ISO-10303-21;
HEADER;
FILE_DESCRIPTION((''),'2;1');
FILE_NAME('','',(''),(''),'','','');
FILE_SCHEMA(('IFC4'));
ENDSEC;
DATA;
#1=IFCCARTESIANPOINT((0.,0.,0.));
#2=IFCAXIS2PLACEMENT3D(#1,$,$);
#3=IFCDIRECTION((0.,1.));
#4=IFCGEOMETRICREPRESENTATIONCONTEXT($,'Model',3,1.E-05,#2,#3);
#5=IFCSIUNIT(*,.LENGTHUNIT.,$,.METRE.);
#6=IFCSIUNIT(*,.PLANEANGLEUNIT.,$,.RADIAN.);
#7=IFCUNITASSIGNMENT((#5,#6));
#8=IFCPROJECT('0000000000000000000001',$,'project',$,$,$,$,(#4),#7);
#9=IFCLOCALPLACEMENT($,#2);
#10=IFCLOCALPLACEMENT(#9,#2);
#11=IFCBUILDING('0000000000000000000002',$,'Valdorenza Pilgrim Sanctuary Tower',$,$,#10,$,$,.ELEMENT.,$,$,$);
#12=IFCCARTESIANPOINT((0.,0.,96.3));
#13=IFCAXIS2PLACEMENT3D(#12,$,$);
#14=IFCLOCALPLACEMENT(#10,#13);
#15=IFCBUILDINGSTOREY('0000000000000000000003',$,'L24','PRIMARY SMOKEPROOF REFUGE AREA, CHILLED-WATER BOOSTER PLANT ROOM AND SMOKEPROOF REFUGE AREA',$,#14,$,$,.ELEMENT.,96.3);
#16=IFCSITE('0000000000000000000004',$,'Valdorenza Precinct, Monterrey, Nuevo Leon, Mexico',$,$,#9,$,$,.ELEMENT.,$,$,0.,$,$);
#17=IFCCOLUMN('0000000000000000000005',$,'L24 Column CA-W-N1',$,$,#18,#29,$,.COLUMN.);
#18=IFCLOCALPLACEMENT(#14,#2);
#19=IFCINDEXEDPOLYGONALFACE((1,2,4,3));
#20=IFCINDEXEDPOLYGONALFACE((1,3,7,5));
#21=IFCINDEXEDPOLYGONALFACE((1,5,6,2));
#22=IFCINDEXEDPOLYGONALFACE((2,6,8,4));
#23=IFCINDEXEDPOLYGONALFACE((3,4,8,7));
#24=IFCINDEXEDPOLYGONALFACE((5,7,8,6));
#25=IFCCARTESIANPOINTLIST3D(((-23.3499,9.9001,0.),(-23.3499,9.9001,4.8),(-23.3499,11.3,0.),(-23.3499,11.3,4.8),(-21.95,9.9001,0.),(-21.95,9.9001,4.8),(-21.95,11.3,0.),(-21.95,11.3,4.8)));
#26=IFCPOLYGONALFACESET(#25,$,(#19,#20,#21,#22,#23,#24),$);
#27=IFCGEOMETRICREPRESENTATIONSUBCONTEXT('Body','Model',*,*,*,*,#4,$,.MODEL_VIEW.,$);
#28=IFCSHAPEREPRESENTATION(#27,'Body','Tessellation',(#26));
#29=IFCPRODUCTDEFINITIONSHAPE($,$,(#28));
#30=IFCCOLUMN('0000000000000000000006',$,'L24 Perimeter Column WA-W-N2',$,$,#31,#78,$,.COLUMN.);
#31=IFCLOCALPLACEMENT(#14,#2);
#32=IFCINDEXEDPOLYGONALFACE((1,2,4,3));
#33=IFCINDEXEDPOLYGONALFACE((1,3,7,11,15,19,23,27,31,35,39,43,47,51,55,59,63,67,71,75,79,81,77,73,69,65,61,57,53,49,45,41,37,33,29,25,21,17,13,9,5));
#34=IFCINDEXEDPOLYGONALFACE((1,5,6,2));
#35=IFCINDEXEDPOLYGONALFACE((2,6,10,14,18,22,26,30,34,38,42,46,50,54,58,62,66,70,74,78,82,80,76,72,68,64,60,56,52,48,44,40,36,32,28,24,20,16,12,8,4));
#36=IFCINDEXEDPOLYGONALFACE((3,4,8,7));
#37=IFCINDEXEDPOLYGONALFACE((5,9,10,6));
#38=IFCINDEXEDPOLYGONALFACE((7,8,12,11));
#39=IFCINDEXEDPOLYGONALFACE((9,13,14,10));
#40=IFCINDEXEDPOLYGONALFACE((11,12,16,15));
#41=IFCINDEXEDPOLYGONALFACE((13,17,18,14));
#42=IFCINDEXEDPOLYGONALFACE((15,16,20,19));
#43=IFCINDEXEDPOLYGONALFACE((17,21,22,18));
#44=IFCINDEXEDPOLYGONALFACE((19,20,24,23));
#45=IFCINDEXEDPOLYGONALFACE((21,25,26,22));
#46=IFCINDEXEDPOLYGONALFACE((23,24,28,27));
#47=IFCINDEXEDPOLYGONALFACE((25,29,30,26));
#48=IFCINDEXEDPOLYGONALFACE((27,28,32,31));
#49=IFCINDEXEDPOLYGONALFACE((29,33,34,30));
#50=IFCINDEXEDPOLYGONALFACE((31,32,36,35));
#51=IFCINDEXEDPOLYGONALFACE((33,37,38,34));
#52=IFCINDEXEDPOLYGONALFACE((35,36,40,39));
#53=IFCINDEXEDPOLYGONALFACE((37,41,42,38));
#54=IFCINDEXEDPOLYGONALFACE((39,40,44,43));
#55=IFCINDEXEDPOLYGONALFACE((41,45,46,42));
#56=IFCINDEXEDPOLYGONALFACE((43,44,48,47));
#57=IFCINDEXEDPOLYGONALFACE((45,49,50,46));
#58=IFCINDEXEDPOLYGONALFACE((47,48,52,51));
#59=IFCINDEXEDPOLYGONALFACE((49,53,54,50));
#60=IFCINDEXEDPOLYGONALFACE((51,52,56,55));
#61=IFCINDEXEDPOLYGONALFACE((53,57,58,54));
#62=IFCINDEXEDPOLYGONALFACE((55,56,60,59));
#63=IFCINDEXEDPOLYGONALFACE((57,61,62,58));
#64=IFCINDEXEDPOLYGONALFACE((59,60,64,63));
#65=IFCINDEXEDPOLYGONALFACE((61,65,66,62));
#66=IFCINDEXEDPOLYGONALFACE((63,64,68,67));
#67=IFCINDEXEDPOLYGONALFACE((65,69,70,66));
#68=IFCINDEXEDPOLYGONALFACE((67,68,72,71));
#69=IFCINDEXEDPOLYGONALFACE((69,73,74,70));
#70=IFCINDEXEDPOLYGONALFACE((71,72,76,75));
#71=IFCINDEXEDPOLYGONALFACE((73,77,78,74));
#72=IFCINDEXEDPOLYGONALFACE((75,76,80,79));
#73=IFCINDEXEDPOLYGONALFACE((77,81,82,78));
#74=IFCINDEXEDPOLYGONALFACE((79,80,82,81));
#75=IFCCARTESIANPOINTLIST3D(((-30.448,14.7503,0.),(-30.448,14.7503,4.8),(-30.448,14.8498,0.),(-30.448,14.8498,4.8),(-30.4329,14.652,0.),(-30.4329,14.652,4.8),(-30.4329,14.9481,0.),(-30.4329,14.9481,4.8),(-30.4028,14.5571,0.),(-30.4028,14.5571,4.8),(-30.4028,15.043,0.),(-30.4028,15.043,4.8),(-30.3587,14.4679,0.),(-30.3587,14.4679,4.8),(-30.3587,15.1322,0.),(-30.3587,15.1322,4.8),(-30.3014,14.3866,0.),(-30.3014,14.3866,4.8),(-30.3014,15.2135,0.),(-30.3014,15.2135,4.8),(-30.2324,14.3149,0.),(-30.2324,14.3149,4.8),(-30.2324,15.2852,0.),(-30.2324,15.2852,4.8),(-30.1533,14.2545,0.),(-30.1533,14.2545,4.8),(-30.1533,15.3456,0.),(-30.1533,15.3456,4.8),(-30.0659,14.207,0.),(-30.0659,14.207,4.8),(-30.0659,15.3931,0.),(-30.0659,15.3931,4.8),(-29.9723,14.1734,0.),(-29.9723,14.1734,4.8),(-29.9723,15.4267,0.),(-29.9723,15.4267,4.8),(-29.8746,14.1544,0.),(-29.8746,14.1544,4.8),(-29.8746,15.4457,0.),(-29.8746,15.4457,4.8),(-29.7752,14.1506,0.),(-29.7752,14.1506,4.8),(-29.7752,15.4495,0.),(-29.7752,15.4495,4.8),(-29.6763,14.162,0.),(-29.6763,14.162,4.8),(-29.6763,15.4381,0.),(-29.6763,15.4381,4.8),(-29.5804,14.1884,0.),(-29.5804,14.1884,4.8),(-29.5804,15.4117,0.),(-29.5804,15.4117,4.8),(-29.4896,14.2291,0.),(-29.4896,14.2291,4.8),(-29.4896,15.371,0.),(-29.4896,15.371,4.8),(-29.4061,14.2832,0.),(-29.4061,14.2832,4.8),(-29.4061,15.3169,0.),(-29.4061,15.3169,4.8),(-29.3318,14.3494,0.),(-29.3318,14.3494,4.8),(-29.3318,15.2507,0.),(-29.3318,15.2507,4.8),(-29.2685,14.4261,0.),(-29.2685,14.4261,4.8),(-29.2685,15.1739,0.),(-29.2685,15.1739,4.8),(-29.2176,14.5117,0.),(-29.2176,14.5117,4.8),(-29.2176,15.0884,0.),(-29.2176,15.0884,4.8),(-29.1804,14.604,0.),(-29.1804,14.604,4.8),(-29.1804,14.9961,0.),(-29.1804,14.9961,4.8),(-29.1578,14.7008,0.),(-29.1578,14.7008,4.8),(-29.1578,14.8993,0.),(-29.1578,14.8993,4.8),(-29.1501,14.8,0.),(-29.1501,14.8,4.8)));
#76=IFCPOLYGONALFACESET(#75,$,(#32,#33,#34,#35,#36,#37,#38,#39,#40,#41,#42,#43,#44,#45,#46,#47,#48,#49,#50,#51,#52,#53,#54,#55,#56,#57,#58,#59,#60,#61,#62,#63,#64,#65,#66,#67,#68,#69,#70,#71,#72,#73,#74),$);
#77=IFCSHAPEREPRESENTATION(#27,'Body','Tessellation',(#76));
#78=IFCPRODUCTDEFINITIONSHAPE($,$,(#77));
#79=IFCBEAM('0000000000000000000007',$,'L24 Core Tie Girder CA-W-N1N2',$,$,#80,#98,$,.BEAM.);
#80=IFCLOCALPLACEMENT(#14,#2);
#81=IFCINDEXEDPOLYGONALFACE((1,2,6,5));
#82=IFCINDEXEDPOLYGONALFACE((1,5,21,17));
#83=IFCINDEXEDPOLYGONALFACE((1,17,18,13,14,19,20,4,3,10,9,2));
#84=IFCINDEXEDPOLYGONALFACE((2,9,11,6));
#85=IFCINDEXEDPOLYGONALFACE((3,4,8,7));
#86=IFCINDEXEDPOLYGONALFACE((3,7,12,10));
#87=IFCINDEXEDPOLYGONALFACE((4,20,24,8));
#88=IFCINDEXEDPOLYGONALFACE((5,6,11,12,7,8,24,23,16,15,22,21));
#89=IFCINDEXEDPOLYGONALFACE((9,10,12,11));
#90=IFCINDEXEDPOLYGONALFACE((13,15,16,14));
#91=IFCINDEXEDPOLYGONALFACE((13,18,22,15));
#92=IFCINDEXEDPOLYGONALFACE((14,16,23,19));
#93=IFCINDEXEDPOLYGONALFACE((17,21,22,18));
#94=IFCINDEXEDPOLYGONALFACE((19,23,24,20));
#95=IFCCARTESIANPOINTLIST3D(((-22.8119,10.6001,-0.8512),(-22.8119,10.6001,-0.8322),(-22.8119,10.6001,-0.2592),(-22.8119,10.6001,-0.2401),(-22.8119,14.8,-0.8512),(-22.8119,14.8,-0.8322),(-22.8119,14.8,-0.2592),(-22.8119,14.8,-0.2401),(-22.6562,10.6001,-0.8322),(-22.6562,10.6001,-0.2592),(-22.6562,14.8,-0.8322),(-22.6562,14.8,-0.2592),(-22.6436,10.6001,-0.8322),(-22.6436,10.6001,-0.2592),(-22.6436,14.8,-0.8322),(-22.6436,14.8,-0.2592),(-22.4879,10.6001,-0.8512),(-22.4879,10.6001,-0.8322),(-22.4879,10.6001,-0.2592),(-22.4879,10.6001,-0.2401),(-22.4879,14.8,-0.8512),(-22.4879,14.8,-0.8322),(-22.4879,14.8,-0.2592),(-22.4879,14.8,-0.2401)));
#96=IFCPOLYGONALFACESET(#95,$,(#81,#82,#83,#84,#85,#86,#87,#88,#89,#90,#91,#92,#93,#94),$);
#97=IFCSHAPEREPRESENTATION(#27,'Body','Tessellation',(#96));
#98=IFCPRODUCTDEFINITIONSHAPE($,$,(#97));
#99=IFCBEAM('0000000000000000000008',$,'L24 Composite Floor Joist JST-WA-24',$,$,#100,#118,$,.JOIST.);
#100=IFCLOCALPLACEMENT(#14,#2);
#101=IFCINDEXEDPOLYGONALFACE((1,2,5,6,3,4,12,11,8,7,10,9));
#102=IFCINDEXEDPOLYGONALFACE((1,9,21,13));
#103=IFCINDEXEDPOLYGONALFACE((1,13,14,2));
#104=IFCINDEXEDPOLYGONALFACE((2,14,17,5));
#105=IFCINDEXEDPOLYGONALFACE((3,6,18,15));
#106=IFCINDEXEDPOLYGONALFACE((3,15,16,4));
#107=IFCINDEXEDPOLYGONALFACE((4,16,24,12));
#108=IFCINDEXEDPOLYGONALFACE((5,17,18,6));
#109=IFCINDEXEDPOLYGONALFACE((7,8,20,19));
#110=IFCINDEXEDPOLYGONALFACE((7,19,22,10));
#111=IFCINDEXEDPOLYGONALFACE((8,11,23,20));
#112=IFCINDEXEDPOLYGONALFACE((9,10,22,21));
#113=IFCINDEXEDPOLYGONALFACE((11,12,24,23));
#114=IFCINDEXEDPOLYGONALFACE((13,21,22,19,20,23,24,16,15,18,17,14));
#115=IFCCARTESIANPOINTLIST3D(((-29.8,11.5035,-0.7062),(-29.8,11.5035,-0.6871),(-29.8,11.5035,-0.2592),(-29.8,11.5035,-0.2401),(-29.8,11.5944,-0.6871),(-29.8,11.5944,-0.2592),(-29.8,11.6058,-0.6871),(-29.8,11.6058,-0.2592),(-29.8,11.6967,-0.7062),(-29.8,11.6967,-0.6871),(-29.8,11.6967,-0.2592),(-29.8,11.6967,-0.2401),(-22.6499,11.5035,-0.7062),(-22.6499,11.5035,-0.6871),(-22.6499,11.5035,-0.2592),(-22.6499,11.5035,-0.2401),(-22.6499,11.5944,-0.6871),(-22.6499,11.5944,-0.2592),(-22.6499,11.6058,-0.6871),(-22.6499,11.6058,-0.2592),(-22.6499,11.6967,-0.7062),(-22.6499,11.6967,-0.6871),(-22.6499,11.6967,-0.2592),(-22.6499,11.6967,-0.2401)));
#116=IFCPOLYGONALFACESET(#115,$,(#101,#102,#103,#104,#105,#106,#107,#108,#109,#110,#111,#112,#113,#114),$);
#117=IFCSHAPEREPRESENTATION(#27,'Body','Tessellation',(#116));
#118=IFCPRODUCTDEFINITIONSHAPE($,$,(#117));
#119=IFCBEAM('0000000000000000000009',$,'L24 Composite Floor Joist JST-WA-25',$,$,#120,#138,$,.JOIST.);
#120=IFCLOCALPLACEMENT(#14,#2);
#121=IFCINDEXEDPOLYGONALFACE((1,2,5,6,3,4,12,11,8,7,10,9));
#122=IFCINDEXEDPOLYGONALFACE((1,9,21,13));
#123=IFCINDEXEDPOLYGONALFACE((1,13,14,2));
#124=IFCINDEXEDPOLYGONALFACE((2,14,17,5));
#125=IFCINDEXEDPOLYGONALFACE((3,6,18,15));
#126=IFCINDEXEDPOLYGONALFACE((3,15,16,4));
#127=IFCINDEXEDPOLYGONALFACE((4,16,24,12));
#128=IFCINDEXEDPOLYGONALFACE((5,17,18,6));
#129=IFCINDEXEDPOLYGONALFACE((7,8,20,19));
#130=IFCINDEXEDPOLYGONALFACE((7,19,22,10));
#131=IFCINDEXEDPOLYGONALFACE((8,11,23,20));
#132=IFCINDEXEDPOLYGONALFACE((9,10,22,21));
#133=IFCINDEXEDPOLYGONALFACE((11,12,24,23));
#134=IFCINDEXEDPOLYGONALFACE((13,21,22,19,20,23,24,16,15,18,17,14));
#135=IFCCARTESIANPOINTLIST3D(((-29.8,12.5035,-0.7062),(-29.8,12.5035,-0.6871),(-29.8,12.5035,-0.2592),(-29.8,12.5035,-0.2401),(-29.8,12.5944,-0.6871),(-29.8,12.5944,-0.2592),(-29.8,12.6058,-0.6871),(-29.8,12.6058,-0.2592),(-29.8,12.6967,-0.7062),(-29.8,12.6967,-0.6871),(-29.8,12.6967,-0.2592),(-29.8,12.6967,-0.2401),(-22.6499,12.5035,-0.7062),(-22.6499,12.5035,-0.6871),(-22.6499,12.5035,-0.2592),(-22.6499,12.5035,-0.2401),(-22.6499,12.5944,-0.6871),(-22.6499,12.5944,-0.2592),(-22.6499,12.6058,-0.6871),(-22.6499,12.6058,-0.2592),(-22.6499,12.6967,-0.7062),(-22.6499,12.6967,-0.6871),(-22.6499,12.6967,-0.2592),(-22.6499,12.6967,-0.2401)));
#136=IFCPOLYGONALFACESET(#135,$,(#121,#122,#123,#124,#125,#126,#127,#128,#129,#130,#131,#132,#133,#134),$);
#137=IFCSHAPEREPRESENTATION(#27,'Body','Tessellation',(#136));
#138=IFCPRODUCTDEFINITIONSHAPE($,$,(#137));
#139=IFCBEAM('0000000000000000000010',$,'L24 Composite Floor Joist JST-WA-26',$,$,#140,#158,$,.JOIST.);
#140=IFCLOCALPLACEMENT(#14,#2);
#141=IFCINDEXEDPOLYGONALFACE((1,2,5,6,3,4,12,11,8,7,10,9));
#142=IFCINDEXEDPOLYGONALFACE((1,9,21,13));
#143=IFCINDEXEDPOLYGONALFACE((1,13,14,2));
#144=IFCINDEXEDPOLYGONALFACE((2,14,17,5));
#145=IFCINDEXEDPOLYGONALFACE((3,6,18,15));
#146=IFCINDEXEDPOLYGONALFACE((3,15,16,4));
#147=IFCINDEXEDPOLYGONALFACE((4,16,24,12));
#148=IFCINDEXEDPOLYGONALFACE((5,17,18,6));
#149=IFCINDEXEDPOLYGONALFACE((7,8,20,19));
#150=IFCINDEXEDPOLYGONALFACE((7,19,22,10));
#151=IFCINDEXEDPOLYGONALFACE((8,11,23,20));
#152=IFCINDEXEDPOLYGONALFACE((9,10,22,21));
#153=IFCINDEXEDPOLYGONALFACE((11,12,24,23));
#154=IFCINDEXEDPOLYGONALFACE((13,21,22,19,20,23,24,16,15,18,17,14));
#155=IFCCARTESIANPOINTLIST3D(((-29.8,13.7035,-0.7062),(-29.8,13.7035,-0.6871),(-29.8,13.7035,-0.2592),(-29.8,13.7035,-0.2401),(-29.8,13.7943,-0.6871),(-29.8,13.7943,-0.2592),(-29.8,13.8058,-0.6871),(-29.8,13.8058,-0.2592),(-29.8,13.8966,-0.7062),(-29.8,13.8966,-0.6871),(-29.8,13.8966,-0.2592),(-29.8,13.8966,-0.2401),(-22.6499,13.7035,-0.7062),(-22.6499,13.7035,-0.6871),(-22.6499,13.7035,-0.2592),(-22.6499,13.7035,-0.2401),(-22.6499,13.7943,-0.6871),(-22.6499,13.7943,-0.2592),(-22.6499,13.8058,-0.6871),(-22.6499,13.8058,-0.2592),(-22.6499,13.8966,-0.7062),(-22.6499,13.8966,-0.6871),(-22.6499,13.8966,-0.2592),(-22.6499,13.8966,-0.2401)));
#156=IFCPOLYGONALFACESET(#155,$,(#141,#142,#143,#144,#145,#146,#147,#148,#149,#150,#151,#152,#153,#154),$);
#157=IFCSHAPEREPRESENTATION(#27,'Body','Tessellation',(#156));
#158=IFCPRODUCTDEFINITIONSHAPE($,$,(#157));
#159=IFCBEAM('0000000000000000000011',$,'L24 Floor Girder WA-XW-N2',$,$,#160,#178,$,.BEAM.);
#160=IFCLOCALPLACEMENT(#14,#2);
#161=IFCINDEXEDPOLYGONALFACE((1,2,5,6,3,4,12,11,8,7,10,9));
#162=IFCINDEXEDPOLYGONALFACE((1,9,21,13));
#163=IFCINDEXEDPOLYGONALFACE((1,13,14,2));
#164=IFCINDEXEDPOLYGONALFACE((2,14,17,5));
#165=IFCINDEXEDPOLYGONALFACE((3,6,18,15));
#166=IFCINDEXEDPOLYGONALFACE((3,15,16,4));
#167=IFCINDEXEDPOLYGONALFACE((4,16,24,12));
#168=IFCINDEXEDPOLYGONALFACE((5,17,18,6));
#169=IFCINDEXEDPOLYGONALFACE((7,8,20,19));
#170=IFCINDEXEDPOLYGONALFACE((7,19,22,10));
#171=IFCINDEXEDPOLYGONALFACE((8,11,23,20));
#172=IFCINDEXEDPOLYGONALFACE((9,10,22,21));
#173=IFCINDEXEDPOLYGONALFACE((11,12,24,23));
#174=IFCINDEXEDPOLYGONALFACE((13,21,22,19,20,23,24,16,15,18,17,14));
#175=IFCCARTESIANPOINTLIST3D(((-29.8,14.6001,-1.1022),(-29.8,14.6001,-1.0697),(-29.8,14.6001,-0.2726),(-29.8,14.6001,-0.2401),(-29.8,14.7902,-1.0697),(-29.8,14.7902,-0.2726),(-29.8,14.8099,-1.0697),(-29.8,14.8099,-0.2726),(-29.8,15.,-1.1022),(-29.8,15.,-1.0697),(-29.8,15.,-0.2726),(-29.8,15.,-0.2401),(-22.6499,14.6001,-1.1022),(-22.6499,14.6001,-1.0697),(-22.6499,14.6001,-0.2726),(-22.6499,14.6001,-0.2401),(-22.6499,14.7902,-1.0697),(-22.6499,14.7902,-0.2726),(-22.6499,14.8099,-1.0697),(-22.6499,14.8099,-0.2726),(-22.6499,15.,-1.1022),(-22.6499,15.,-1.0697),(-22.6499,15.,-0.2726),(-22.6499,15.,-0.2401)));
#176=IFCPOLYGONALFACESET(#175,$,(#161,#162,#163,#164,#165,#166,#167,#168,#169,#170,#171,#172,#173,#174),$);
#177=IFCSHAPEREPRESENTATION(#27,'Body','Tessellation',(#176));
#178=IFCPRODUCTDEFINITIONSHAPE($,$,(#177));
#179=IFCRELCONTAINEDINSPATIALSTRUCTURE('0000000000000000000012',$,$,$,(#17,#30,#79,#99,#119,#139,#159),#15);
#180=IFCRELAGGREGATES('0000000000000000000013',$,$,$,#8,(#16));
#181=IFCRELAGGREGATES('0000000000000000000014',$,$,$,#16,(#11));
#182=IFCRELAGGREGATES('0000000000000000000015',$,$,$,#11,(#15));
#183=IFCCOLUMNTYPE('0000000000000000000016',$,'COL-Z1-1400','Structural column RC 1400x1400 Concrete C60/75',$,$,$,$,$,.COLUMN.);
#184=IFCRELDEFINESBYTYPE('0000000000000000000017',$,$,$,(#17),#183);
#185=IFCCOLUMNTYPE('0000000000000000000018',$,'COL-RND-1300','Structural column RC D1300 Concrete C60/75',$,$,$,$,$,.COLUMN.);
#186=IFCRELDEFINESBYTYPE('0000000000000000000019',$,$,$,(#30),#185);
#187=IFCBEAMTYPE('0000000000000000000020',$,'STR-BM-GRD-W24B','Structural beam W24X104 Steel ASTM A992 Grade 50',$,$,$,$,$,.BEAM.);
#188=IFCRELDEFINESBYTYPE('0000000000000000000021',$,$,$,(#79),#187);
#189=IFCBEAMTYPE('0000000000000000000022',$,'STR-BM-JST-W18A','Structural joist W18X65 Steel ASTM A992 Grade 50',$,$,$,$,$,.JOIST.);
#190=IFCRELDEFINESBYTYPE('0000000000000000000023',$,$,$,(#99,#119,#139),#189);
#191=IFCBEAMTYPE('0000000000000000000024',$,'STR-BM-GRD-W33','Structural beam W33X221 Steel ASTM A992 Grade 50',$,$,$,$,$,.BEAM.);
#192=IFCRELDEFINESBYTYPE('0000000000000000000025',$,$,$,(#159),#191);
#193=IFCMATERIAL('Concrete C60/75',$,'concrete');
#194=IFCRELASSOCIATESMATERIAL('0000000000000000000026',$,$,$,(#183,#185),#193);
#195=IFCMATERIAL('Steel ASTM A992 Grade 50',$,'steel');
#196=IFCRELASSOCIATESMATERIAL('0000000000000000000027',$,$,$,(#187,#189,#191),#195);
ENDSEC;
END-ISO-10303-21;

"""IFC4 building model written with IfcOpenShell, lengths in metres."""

from ifc_helpers import new_model, si_unit, direction, frame, origin, origin_2d, place, context, subcontext, project, spatial, rectangle, circle, i_section, extrude, source, transform, mapped, material, material_profile, profile_set, type_object, element, save


model = new_model("IFC4")

# Units and contexts
model_context = context("Model", 3, precision=1e-05, world=origin(), true_north=direction((0.0, 1.0)))
body_context = subcontext(model_context, "Body", "Model", "MODEL_VIEW")
ifc_project = project(units=[si_unit("LENGTHUNIT", "METRE"), si_unit("PLANEANGLEUNIT", "RADIAN")], contexts=[model_context])

# Site, building, storey
site_placement = place(None, origin())
site = spatial("IfcSite", under=ifc_project, at=site_placement, Name="Valdorenza Precinct, Monterrey, Nuevo Leon, Mexico", CompositionType="ELEMENT", RefElevation=0.0)
building_placement = place(site_placement, origin())
building = spatial("IfcBuilding", under=site, at=building_placement, Name="Valdorenza Pilgrim Sanctuary Tower", CompositionType="ELEMENT")
storey_placement = place(building_placement, frame((0.0, 0.0, 96.3)))
storey = spatial("IfcBuildingStorey", under=building, at=storey_placement, Name="L24", Description="PRIMARY SMOKEPROOF REFUGE AREA, CHILLED-WATER BOOSTER PLANT ROOM AND SMOKEPROOF REFUGE AREA", CompositionType="ELEMENT", Elevation=96.3)

# Columns
ifc_material_1 = material(Name="Concrete C60/75", Category="concrete")
ifc_material_profile_1 = material_profile(ifc_material_1, rectangle(XDim=1.3999, YDim=1.3999, at=origin_2d()), Name="RC 1400x1400")
ifc_profile_set_1 = profile_set([ifc_material_profile_1], Name="Concrete C60/75")
column_type_1 = type_object("IfcColumnType", Name="COL-Z1-1400", Description="Structural column RC 1400x1400 Concrete C60/75", PredefinedType="COLUMN", material=ifc_profile_set_1)
shared_shape_1 = source(origin(), body_context, "Body", "SweptSolid", [
    extrude(rectangle(XDim=1.3999, YDim=1.3999, at=origin_2d()), origin(), (0.0, 0.0, 1.0), 4.8),
])
column_1_placement = place(storey_placement, frame((-22.6499, 10.6001, 0.0), z_axis=(0.0, 0.0, 1.0), x_axis=(1.0, 0.0, 0.0)))
element("IfcColumn", 1, at=column_1_placement, inside=storey, type_object=column_type_1, Name="L24 Column CA-W-N1", PredefinedType="COLUMN", context=body_context, shape_type="MappedRepresentation", body=[
    mapped(shared_shape_1, transform((0.0, 0.0, 0.0), x_axis=(1.0, 0.0, 0.0), y_axis=(0.0, 1.0, 0.0), z_axis=(0.0, 0.0, 1.0), scale=1.0)),
])
ifc_material_profile_2 = material_profile(ifc_material_1, circle(Radius=0.6499, at=origin_2d()), Name="RC D1300")
ifc_profile_set_2 = profile_set([ifc_material_profile_2], Name="Concrete C60/75")
column_type_2 = type_object("IfcColumnType", Name="COL-RND-1300", Description="Structural column RC D1300 Concrete C60/75", PredefinedType="COLUMN", material=ifc_profile_set_2)
shared_shape_2 = source(origin(), body_context, "Body", "SweptSolid", [
    extrude(circle(Radius=0.6499, at=origin_2d()), origin(), (0.0, 0.0, 1.0), 4.8),
])
column_2_placement = place(storey_placement, frame((-29.8, 14.8, 0.0), z_axis=(0.0, 0.0, 1.0), x_axis=(1.0, 0.0, 0.0)))
element("IfcColumn", 2, at=column_2_placement, inside=storey, type_object=column_type_2, Name="L24 Perimeter Column WA-W-N2", PredefinedType="COLUMN", context=body_context, shape_type="MappedRepresentation", body=[
    mapped(shared_shape_2, transform((0.0, 0.0, 0.0), x_axis=(1.0, 0.0, 0.0), y_axis=(0.0, 1.0, 0.0), z_axis=(0.0, 0.0, 1.0), scale=1.0)),
])

# Beams
ifc_material_2 = material(Name="Steel ASTM A992 Grade 50", Category="steel")
ifc_material_profile_3 = material_profile(ifc_material_2, i_section(OverallWidth=0.324, OverallDepth=0.6111, WebThickness=0.0127, FlangeThickness=0.019, at=origin_2d()), Name="W24X104")
ifc_profile_set_3 = profile_set([ifc_material_profile_3], Name="Steel ASTM A992 Grade 50")
beam_type_1 = type_object("IfcBeamType", Name="STR-BM-GRD-W24B", Description="Structural beam W24X104 Steel ASTM A992 Grade 50", PredefinedType="BEAM", material=ifc_profile_set_3)
shared_shape_3 = source(origin(), body_context, "Body", "SweptSolid", [
    extrude(i_section(OverallWidth=0.324, OverallDepth=0.6111, WebThickness=0.0127, FlangeThickness=0.019, at=origin_2d()), origin(), (0.0, 0.0, 1.0), 4.2),
])
beam_1_placement = place(storey_placement, frame((-22.6499, 10.6001, -0.5457), z_axis=(0.0, 1.0, 0.0), x_axis=(-1.0, 0.0, 0.0)))
element("IfcBeam", 3, at=beam_1_placement, inside=storey, type_object=beam_type_1, Name="L24 Core Tie Girder CA-W-N1N2", PredefinedType="BEAM", context=body_context, shape_type="MappedRepresentation", body=[
    mapped(shared_shape_3, transform((0.0, 0.0, 0.0), x_axis=(1.0, 0.0, 0.0), y_axis=(0.0, 1.0, 0.0), z_axis=(0.0, 0.0, 1.0), scale=1.0)),
])
ifc_material_profile_4 = material_profile(ifc_material_2, i_section(OverallWidth=0.1931, OverallDepth=0.4661, WebThickness=0.0115, FlangeThickness=0.019, at=origin_2d()), Name="W18X65")
ifc_profile_set_4 = profile_set([ifc_material_profile_4], Name="Steel ASTM A992 Grade 50")
beam_type_2 = type_object("IfcBeamType", Name="STR-BM-JST-W18A", Description="Structural joist W18X65 Steel ASTM A992 Grade 50", PredefinedType="JOIST", material=ifc_profile_set_4)
shared_shape_4 = source(origin(), body_context, "Body", "SweptSolid", [
    extrude(i_section(OverallWidth=0.1931, OverallDepth=0.4661, WebThickness=0.0115, FlangeThickness=0.019, at=origin_2d()), origin(), (0.0, 0.0, 1.0), 7.1501),
])
for number, where, z_axis, x_axis, name in (
    (4, (-29.8, 11.6001, -0.4731), (1.0, 0.0, 0.0), (0.0, 1.0, 0.0), "L24 Composite Floor Joist JST-WA-24"),
    (5, (-29.8, 12.6001, -0.4731), (1.0, 0.0, 0.0), (0.0, 1.0, 0.0), "L24 Composite Floor Joist JST-WA-25"),
    (6, (-29.8, 13.8, -0.4731), (1.0, 0.0, 0.0), (0.0, 1.0, 0.0), "L24 Composite Floor Joist JST-WA-26"),
):
    element("IfcBeam", number, at=place(storey_placement, frame(where, z_axis=z_axis, x_axis=x_axis)), inside=storey, type_object=beam_type_2, Name=name, PredefinedType="JOIST", context=body_context, shape_type="MappedRepresentation", body=[
        mapped(shared_shape_4, transform((0.0, 0.0, 0.0), x_axis=(1.0, 0.0, 0.0), y_axis=(0.0, 1.0, 0.0), z_axis=(0.0, 0.0, 1.0), scale=1.0)),
    ])
ifc_material_profile_5 = material_profile(ifc_material_2, i_section(OverallWidth=0.3999, OverallDepth=0.8621, WebThickness=0.0198, FlangeThickness=0.0325, at=origin_2d()), Name="W33X221")
ifc_profile_set_5 = profile_set([ifc_material_profile_5], Name="Steel ASTM A992 Grade 50")
beam_type_3 = type_object("IfcBeamType", Name="STR-BM-GRD-W33", Description="Structural beam W33X221 Steel ASTM A992 Grade 50", PredefinedType="BEAM", material=ifc_profile_set_5)
shared_shape_5 = source(origin(), body_context, "Body", "SweptSolid", [
    extrude(i_section(OverallWidth=0.3999, OverallDepth=0.8621, WebThickness=0.0198, FlangeThickness=0.0325, at=origin_2d()), origin(), (0.0, 0.0, 1.0), 7.1501),
])
beam_2_placement = place(storey_placement, frame((-29.8, 14.8, -0.6711), z_axis=(1.0, 0.0, 0.0), x_axis=(0.0, 1.0, 0.0)))
element("IfcBeam", 7, at=beam_2_placement, inside=storey, type_object=beam_type_3, Name="L24 Floor Girder WA-XW-N2", PredefinedType="BEAM", context=body_context, shape_type="MappedRepresentation", body=[
    mapped(shared_shape_5, transform((0.0, 0.0, 0.0), x_axis=(1.0, 0.0, 0.0), y_axis=(0.0, 1.0, 0.0), z_axis=(0.0, 0.0, 1.0), scale=1.0)),
])

save(model, "model.ifc")
